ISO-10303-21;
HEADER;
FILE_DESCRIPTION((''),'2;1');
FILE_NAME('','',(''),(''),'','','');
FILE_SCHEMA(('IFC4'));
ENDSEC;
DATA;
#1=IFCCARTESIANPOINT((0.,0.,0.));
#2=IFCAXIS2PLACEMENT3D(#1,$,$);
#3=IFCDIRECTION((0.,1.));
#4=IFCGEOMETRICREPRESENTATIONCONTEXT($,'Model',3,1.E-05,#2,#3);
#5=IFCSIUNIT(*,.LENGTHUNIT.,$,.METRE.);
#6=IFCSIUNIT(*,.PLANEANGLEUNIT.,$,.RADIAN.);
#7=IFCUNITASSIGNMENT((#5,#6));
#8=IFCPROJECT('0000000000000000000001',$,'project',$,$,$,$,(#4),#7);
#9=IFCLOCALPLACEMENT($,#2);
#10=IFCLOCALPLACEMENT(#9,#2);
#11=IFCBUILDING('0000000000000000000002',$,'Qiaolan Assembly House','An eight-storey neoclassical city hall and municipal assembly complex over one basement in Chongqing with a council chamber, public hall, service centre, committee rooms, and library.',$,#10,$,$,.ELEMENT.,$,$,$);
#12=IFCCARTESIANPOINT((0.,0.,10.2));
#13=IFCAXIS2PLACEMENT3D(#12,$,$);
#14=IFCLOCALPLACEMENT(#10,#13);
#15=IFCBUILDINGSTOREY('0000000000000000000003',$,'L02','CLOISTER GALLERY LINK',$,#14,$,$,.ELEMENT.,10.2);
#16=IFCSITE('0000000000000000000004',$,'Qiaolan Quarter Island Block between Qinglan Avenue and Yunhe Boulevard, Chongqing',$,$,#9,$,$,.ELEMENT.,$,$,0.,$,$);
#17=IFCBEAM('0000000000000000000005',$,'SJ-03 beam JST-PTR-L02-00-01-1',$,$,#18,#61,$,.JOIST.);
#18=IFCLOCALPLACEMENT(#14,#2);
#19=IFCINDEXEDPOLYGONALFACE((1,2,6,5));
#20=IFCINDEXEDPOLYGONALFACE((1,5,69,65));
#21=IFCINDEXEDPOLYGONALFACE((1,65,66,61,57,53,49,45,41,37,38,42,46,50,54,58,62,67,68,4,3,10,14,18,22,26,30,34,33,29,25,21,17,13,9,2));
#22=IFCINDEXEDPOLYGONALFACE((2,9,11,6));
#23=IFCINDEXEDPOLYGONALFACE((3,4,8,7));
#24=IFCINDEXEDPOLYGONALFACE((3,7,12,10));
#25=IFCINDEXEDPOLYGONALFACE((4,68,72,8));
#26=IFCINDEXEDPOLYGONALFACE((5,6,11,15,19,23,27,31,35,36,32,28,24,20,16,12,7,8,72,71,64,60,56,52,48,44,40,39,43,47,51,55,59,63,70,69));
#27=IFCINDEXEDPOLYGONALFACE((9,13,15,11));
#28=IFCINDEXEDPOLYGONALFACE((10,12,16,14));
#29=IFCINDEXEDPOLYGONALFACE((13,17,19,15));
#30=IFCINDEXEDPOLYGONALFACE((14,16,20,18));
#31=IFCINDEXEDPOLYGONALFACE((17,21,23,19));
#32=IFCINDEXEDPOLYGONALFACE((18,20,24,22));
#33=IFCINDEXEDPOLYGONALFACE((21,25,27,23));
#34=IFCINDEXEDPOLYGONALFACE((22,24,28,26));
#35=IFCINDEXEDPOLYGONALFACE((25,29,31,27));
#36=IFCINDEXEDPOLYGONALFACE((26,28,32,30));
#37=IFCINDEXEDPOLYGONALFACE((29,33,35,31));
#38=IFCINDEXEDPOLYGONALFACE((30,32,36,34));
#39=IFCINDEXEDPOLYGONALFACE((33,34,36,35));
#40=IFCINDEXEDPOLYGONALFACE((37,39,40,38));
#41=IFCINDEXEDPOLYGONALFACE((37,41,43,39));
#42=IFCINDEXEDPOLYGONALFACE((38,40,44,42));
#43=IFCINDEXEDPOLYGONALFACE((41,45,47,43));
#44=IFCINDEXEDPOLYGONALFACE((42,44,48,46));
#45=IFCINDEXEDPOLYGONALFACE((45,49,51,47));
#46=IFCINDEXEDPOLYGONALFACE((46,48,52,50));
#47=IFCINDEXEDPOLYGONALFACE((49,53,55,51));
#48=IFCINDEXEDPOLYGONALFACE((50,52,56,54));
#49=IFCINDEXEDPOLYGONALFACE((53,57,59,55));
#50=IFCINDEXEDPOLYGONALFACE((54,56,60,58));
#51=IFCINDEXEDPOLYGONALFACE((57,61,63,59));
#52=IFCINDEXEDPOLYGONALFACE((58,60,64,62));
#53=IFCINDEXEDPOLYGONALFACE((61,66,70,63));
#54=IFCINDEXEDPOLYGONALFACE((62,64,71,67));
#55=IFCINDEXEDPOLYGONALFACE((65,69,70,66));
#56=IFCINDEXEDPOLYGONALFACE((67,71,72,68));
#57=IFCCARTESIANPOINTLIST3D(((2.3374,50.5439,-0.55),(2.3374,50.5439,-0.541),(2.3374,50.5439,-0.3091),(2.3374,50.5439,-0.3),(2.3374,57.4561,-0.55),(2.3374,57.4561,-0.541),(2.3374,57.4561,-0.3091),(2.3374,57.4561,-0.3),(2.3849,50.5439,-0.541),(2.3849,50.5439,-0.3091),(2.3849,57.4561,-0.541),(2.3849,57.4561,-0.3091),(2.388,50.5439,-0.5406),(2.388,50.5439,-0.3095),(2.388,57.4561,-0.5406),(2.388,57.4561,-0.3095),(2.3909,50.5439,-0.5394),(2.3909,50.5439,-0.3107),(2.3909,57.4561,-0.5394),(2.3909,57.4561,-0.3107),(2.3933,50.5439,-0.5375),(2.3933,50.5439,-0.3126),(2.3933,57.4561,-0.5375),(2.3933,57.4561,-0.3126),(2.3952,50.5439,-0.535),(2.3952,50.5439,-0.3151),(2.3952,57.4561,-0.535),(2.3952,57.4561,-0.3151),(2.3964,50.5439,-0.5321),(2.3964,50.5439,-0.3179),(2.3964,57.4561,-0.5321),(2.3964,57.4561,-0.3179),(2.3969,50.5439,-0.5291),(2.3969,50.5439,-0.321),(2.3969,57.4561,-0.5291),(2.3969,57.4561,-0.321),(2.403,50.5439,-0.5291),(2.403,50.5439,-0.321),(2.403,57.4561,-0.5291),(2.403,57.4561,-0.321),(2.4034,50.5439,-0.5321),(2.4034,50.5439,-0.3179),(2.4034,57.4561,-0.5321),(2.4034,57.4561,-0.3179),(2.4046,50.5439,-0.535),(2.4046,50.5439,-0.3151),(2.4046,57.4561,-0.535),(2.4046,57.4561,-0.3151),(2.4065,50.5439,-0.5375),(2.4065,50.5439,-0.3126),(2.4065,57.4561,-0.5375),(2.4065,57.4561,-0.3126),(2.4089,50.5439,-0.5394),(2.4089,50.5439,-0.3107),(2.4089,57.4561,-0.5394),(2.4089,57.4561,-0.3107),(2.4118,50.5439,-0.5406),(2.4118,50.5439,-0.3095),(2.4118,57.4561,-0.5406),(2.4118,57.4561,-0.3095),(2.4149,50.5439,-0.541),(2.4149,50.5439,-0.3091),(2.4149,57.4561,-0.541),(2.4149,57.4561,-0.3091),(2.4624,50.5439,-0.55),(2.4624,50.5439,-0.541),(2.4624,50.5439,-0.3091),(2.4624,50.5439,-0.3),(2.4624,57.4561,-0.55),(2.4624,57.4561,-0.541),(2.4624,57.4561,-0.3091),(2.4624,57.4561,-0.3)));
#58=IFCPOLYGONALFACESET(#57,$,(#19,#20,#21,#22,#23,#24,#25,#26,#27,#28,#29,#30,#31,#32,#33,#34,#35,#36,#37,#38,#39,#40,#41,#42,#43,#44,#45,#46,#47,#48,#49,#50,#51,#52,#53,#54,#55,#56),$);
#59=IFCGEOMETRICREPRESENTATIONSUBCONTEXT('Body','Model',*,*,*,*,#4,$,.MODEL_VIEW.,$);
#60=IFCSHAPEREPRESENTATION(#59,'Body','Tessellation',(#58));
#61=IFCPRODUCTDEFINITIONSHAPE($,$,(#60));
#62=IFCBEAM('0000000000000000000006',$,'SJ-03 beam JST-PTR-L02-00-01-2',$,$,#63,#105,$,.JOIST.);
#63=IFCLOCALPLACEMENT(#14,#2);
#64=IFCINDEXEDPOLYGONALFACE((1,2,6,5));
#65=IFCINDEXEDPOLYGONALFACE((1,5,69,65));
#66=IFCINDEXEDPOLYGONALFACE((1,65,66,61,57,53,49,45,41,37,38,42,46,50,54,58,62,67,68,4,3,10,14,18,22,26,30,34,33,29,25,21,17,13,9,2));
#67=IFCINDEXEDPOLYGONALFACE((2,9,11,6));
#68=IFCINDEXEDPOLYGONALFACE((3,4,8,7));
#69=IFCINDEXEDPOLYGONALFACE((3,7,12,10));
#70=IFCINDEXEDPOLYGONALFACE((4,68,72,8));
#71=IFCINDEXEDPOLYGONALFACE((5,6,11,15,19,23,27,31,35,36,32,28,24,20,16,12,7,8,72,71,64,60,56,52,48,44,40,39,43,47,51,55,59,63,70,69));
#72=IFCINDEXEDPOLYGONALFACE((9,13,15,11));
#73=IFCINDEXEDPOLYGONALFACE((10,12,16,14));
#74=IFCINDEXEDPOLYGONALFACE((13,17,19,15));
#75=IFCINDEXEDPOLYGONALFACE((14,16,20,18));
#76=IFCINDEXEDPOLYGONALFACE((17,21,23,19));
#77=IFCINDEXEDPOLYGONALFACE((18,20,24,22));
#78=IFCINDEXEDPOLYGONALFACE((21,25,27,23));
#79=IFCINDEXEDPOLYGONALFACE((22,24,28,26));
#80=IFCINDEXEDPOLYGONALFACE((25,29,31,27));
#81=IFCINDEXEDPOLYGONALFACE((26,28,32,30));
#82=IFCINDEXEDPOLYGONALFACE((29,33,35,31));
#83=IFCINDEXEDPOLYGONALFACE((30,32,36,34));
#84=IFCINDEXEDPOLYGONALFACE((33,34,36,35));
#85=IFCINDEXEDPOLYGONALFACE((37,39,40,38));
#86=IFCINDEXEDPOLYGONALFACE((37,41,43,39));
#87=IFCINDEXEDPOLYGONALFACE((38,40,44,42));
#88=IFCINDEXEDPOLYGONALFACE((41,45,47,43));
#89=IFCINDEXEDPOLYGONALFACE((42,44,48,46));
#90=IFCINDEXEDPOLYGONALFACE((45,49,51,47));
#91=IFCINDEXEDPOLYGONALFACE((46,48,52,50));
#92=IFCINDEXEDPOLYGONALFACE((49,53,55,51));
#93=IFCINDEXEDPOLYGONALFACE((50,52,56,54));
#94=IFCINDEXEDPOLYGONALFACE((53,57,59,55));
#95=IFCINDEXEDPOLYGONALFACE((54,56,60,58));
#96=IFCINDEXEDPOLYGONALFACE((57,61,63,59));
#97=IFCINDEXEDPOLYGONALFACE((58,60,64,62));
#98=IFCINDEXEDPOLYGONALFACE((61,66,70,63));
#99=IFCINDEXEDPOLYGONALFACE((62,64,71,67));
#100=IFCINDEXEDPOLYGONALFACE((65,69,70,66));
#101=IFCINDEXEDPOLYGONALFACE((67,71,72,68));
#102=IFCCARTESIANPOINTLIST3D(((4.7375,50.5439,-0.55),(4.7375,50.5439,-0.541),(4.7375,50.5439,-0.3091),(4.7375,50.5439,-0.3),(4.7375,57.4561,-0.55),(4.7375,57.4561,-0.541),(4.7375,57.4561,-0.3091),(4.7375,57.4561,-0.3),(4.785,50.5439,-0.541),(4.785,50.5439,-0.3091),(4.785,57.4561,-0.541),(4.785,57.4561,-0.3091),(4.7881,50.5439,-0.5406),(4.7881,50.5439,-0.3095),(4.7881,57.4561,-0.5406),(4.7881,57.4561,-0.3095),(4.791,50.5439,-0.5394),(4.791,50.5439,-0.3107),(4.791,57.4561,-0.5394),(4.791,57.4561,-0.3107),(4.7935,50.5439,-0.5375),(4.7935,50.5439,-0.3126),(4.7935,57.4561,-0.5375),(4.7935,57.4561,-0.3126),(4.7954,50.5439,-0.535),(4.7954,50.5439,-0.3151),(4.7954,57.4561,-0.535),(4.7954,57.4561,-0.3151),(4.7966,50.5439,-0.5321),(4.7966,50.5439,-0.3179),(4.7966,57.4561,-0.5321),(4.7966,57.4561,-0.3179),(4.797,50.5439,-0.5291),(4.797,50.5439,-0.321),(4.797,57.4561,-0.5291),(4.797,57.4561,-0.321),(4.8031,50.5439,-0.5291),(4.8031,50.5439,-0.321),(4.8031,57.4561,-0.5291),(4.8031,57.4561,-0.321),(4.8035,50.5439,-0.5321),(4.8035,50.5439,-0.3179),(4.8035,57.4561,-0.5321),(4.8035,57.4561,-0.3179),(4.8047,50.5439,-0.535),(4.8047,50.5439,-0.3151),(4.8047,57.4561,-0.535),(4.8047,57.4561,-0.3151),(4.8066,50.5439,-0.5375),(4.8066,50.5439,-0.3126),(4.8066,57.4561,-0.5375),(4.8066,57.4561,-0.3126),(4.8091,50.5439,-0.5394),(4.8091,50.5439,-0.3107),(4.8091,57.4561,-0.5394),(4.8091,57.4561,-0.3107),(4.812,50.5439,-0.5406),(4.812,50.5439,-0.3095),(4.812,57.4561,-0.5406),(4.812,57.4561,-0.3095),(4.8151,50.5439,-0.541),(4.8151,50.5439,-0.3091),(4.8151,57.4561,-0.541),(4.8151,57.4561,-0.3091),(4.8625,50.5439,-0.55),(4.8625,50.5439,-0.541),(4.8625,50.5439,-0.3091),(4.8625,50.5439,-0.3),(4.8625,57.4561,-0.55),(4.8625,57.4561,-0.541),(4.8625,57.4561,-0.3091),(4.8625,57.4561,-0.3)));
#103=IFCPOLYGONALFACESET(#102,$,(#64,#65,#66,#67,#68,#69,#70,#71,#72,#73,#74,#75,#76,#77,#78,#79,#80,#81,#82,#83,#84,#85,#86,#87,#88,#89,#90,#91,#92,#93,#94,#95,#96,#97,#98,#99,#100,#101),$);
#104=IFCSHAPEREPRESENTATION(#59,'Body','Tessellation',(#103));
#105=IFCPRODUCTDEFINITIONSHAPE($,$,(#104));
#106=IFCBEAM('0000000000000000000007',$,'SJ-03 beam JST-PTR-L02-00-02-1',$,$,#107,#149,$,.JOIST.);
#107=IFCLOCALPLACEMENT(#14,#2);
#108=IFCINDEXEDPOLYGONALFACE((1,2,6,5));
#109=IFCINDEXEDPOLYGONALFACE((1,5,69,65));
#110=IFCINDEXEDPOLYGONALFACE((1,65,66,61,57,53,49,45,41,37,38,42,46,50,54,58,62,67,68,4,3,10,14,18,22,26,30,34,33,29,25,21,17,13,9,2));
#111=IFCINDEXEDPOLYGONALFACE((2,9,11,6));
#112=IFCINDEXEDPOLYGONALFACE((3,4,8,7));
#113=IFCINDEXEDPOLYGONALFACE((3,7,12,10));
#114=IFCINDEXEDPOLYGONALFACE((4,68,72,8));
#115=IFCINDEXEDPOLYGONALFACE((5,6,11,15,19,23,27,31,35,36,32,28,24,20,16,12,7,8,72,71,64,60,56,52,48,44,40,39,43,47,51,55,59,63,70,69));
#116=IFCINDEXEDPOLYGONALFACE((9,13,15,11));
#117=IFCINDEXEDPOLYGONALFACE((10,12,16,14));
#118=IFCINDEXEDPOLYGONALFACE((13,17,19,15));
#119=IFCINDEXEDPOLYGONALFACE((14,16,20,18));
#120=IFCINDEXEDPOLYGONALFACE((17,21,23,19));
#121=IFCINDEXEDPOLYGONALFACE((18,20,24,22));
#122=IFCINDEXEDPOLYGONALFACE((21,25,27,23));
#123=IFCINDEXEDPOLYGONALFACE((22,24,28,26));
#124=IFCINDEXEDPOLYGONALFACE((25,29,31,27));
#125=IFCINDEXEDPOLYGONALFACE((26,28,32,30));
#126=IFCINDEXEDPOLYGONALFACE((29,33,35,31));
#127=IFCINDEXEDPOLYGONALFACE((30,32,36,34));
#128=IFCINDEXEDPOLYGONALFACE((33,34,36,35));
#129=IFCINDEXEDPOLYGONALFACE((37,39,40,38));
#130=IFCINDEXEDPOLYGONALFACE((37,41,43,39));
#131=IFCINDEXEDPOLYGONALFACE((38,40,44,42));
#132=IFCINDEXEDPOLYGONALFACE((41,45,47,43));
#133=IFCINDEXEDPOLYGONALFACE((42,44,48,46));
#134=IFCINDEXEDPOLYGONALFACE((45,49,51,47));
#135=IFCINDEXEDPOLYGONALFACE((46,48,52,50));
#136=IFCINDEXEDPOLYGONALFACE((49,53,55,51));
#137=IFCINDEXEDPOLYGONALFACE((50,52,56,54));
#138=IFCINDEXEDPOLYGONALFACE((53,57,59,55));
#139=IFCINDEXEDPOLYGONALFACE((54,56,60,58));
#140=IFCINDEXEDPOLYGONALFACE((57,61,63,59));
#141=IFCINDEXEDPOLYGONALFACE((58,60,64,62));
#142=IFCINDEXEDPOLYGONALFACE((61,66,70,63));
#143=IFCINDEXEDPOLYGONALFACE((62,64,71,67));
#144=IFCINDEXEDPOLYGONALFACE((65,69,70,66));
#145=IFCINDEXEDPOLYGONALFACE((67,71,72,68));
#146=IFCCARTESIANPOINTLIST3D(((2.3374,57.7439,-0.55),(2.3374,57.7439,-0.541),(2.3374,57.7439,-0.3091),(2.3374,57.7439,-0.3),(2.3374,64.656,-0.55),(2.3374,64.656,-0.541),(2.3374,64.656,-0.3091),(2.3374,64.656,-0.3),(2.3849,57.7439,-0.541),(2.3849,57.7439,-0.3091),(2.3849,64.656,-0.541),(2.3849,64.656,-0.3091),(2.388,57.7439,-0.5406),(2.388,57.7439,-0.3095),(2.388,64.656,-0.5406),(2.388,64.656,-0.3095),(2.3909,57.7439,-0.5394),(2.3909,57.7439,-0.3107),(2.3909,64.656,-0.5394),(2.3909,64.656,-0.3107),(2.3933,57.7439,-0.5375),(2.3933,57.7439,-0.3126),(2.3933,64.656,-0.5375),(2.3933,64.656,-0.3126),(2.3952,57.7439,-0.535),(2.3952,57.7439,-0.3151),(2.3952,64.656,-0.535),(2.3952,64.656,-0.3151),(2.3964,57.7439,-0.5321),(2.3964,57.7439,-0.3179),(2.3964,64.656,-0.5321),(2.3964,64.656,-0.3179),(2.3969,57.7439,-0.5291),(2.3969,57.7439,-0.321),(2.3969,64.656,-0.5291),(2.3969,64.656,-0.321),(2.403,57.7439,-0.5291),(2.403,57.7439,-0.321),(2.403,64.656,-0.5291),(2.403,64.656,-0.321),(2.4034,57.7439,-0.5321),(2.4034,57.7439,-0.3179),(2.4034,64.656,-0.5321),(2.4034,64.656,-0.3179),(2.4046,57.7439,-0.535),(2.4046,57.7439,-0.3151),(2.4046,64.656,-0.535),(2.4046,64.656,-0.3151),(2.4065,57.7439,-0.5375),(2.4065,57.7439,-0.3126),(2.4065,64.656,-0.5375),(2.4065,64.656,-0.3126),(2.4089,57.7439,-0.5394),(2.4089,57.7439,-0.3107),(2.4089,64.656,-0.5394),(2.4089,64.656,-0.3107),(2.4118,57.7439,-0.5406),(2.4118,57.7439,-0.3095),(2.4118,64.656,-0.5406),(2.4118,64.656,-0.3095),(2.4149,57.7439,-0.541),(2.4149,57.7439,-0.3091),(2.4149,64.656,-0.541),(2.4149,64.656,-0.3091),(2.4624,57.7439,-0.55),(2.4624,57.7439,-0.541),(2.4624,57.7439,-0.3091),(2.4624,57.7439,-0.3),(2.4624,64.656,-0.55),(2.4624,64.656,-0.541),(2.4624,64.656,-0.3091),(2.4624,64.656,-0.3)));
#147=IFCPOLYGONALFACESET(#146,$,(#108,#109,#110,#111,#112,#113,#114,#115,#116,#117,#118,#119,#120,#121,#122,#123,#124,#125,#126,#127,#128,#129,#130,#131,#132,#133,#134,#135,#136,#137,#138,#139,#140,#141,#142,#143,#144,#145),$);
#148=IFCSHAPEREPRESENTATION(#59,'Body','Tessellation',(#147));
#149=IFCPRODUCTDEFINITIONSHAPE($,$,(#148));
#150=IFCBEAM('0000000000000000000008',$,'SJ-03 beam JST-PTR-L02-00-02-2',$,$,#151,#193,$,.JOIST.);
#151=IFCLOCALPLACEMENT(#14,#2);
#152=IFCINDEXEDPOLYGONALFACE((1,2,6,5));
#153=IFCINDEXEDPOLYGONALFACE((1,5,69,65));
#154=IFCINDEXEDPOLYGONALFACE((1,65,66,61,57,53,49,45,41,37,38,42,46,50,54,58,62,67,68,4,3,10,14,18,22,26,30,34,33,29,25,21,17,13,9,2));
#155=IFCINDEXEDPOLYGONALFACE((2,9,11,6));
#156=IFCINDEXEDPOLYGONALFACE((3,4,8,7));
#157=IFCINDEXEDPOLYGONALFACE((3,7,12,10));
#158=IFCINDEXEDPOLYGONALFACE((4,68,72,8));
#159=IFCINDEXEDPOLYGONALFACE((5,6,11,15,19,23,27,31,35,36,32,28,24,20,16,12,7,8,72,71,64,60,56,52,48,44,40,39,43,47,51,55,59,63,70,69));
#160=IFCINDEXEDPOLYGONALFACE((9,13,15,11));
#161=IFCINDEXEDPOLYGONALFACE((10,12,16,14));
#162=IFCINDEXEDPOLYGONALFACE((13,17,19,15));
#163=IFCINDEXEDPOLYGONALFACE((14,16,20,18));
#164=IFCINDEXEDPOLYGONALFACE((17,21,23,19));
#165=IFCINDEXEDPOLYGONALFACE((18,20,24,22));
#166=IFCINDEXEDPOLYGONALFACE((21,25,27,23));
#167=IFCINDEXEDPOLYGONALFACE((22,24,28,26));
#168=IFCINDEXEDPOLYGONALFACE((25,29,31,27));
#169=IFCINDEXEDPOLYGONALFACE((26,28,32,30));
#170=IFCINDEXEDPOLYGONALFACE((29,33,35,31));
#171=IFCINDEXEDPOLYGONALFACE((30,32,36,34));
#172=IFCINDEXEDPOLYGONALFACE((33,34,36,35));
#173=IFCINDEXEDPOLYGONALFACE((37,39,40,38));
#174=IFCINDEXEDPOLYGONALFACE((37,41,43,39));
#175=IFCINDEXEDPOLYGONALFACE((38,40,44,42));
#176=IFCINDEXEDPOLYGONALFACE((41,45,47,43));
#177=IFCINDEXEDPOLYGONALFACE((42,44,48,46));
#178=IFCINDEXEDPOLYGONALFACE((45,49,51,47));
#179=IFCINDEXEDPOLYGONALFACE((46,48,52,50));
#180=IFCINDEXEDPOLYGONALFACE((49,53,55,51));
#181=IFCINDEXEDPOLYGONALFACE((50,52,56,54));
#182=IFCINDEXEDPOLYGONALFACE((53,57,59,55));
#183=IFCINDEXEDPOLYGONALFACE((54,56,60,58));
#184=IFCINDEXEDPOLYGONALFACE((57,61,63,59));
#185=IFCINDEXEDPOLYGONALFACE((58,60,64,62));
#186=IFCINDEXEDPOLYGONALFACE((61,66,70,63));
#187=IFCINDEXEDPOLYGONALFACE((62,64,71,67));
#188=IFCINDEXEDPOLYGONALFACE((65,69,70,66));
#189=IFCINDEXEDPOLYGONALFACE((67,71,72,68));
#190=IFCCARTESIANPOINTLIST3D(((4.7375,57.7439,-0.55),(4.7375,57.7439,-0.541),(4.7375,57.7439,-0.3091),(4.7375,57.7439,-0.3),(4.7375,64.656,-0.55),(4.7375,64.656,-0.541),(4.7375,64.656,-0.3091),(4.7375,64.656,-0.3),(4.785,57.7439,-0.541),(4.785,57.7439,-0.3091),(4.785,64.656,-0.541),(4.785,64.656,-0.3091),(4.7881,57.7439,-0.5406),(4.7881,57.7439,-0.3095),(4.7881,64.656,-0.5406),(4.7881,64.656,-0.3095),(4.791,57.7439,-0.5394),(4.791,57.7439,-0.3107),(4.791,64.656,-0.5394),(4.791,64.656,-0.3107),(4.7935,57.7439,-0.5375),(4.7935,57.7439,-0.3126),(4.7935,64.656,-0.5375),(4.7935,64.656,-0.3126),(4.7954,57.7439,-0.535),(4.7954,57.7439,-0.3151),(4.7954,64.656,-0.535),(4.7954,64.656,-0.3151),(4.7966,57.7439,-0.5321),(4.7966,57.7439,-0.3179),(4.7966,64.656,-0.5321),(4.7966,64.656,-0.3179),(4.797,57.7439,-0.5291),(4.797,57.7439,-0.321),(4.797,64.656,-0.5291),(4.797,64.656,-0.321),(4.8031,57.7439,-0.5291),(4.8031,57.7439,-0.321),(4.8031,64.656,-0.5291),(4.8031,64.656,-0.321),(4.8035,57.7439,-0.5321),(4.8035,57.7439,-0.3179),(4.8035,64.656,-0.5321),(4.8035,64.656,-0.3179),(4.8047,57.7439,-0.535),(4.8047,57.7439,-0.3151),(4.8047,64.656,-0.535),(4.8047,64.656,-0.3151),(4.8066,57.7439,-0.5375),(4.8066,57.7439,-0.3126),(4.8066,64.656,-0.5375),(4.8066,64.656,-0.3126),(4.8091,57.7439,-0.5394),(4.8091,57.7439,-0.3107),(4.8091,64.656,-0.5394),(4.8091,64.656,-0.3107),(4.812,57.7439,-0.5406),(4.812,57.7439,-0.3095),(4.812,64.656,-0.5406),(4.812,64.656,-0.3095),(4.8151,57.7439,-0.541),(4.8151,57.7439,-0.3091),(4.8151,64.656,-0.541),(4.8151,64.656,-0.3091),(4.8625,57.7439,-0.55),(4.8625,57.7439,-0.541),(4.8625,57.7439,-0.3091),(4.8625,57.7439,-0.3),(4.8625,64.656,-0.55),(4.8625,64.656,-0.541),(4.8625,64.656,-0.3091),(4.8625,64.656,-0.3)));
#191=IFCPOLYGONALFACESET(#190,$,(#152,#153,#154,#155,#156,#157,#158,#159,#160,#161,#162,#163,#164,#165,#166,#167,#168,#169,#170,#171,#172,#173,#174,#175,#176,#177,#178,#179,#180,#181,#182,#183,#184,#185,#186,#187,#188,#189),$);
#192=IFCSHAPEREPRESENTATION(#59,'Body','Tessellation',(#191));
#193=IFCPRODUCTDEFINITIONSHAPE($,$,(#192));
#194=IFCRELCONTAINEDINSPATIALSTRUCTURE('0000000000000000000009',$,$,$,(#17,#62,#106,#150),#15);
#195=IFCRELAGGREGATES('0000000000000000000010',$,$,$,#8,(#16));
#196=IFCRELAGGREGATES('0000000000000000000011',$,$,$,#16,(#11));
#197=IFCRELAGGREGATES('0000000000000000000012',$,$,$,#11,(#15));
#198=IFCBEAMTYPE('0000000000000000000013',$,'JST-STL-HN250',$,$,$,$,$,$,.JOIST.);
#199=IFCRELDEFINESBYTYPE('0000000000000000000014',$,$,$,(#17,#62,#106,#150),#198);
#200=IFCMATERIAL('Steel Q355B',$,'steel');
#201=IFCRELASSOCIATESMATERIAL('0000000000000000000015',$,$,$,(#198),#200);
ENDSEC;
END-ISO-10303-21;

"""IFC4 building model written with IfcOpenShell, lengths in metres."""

from ifc_helpers import new_model, si_unit, direction, frame, origin, origin_2d, place, context, subcontext, project, spatial, i_section, extrude, material, material_profile, profile_set, type_object, element, save


model = new_model("IFC4")

# Units and contexts
model_context = context("Model", 3, precision=1e-05, world=origin(), true_north=direction((0.0, 1.0)))
body_context = subcontext(model_context, "Body", "Model", "MODEL_VIEW")
ifc_project = project(units=[si_unit("LENGTHUNIT", "METRE"), si_unit("PLANEANGLEUNIT", "RADIAN")], contexts=[model_context])

# Site, building, storey
site_placement = place(None, origin())
site = spatial("IfcSite", under=ifc_project, at=site_placement, Name="Qiaolan Quarter Island Block between Qinglan Avenue and Yunhe Boulevard, Chongqing", CompositionType="ELEMENT", RefElevation=0.0)
building_placement = place(site_placement, origin())
building = spatial("IfcBuilding", under=site, at=building_placement, Name="Qiaolan Assembly House", Description="An eight-storey neoclassical city hall and municipal assembly complex over one basement in Chongqing with a council chamber, public hall, service centre, committee rooms, and library.", CompositionType="ELEMENT")
storey_placement = place(building_placement, frame((0.0, 0.0, 10.2)))
storey = spatial("IfcBuildingStorey", under=building, at=storey_placement, Name="L02", Description="CLOISTER GALLERY LINK", CompositionType="ELEMENT", Elevation=10.2)

# Beams
ifc_material = material(Name="Steel Q355B", Category="steel")
ifc_material_profile_1 = material_profile(ifc_material, i_section(OverallWidth=0.125, OverallDepth=0.25, WebThickness=0.0061, FlangeThickness=0.009, FilletRadius=0.012, at=origin_2d()), Name="HN 250x125x6x9")
ifc_profile_set_1 = profile_set([ifc_material_profile_1], Name="Steel Q355B")
beam_type_1 = type_object("IfcBeamType", Name="JST-STL-HN250", PredefinedType="JOIST", material=ifc_profile_set_1)
for number, where, z_axis, x_axis, name in (
    (1, (2.3999, 50.5439, -0.425), (0.0, 1.0, 0.0), (-1.0, 0.0, 0.0), "SJ-03 beam JST-PTR-L02-00-01-1"),
    (2, (4.8, 50.5439, -0.425), (0.0, 1.0, 0.0), (-1.0, 0.0, 0.0), "SJ-03 beam JST-PTR-L02-00-01-2"),
    (3, (2.3999, 57.7439, -0.425), (0.0, 1.0, 0.0), (-1.0, 0.0, 0.0), "SJ-03 beam JST-PTR-L02-00-02-1"),
    (4, (4.8, 57.7439, -0.425), (0.0, 1.0, 0.0), (-1.0, 0.0, 0.0), "SJ-03 beam JST-PTR-L02-00-02-2"),
):
    element("IfcBeam", number, at=place(storey_placement, frame(where, z_axis=z_axis, x_axis=x_axis)), inside=storey, type_object=beam_type_1, Name=name, PredefinedType="JOIST", context=body_context, shape_type="SweptSolid", body=[
        extrude(i_section(OverallWidth=0.125, OverallDepth=0.25, WebThickness=0.0061, FlangeThickness=0.009, FilletRadius=0.012, at=origin_2d()), origin(), (0.0, 0.0, 1.0), 6.9121),
    ])

save(model, "model.ifc")
